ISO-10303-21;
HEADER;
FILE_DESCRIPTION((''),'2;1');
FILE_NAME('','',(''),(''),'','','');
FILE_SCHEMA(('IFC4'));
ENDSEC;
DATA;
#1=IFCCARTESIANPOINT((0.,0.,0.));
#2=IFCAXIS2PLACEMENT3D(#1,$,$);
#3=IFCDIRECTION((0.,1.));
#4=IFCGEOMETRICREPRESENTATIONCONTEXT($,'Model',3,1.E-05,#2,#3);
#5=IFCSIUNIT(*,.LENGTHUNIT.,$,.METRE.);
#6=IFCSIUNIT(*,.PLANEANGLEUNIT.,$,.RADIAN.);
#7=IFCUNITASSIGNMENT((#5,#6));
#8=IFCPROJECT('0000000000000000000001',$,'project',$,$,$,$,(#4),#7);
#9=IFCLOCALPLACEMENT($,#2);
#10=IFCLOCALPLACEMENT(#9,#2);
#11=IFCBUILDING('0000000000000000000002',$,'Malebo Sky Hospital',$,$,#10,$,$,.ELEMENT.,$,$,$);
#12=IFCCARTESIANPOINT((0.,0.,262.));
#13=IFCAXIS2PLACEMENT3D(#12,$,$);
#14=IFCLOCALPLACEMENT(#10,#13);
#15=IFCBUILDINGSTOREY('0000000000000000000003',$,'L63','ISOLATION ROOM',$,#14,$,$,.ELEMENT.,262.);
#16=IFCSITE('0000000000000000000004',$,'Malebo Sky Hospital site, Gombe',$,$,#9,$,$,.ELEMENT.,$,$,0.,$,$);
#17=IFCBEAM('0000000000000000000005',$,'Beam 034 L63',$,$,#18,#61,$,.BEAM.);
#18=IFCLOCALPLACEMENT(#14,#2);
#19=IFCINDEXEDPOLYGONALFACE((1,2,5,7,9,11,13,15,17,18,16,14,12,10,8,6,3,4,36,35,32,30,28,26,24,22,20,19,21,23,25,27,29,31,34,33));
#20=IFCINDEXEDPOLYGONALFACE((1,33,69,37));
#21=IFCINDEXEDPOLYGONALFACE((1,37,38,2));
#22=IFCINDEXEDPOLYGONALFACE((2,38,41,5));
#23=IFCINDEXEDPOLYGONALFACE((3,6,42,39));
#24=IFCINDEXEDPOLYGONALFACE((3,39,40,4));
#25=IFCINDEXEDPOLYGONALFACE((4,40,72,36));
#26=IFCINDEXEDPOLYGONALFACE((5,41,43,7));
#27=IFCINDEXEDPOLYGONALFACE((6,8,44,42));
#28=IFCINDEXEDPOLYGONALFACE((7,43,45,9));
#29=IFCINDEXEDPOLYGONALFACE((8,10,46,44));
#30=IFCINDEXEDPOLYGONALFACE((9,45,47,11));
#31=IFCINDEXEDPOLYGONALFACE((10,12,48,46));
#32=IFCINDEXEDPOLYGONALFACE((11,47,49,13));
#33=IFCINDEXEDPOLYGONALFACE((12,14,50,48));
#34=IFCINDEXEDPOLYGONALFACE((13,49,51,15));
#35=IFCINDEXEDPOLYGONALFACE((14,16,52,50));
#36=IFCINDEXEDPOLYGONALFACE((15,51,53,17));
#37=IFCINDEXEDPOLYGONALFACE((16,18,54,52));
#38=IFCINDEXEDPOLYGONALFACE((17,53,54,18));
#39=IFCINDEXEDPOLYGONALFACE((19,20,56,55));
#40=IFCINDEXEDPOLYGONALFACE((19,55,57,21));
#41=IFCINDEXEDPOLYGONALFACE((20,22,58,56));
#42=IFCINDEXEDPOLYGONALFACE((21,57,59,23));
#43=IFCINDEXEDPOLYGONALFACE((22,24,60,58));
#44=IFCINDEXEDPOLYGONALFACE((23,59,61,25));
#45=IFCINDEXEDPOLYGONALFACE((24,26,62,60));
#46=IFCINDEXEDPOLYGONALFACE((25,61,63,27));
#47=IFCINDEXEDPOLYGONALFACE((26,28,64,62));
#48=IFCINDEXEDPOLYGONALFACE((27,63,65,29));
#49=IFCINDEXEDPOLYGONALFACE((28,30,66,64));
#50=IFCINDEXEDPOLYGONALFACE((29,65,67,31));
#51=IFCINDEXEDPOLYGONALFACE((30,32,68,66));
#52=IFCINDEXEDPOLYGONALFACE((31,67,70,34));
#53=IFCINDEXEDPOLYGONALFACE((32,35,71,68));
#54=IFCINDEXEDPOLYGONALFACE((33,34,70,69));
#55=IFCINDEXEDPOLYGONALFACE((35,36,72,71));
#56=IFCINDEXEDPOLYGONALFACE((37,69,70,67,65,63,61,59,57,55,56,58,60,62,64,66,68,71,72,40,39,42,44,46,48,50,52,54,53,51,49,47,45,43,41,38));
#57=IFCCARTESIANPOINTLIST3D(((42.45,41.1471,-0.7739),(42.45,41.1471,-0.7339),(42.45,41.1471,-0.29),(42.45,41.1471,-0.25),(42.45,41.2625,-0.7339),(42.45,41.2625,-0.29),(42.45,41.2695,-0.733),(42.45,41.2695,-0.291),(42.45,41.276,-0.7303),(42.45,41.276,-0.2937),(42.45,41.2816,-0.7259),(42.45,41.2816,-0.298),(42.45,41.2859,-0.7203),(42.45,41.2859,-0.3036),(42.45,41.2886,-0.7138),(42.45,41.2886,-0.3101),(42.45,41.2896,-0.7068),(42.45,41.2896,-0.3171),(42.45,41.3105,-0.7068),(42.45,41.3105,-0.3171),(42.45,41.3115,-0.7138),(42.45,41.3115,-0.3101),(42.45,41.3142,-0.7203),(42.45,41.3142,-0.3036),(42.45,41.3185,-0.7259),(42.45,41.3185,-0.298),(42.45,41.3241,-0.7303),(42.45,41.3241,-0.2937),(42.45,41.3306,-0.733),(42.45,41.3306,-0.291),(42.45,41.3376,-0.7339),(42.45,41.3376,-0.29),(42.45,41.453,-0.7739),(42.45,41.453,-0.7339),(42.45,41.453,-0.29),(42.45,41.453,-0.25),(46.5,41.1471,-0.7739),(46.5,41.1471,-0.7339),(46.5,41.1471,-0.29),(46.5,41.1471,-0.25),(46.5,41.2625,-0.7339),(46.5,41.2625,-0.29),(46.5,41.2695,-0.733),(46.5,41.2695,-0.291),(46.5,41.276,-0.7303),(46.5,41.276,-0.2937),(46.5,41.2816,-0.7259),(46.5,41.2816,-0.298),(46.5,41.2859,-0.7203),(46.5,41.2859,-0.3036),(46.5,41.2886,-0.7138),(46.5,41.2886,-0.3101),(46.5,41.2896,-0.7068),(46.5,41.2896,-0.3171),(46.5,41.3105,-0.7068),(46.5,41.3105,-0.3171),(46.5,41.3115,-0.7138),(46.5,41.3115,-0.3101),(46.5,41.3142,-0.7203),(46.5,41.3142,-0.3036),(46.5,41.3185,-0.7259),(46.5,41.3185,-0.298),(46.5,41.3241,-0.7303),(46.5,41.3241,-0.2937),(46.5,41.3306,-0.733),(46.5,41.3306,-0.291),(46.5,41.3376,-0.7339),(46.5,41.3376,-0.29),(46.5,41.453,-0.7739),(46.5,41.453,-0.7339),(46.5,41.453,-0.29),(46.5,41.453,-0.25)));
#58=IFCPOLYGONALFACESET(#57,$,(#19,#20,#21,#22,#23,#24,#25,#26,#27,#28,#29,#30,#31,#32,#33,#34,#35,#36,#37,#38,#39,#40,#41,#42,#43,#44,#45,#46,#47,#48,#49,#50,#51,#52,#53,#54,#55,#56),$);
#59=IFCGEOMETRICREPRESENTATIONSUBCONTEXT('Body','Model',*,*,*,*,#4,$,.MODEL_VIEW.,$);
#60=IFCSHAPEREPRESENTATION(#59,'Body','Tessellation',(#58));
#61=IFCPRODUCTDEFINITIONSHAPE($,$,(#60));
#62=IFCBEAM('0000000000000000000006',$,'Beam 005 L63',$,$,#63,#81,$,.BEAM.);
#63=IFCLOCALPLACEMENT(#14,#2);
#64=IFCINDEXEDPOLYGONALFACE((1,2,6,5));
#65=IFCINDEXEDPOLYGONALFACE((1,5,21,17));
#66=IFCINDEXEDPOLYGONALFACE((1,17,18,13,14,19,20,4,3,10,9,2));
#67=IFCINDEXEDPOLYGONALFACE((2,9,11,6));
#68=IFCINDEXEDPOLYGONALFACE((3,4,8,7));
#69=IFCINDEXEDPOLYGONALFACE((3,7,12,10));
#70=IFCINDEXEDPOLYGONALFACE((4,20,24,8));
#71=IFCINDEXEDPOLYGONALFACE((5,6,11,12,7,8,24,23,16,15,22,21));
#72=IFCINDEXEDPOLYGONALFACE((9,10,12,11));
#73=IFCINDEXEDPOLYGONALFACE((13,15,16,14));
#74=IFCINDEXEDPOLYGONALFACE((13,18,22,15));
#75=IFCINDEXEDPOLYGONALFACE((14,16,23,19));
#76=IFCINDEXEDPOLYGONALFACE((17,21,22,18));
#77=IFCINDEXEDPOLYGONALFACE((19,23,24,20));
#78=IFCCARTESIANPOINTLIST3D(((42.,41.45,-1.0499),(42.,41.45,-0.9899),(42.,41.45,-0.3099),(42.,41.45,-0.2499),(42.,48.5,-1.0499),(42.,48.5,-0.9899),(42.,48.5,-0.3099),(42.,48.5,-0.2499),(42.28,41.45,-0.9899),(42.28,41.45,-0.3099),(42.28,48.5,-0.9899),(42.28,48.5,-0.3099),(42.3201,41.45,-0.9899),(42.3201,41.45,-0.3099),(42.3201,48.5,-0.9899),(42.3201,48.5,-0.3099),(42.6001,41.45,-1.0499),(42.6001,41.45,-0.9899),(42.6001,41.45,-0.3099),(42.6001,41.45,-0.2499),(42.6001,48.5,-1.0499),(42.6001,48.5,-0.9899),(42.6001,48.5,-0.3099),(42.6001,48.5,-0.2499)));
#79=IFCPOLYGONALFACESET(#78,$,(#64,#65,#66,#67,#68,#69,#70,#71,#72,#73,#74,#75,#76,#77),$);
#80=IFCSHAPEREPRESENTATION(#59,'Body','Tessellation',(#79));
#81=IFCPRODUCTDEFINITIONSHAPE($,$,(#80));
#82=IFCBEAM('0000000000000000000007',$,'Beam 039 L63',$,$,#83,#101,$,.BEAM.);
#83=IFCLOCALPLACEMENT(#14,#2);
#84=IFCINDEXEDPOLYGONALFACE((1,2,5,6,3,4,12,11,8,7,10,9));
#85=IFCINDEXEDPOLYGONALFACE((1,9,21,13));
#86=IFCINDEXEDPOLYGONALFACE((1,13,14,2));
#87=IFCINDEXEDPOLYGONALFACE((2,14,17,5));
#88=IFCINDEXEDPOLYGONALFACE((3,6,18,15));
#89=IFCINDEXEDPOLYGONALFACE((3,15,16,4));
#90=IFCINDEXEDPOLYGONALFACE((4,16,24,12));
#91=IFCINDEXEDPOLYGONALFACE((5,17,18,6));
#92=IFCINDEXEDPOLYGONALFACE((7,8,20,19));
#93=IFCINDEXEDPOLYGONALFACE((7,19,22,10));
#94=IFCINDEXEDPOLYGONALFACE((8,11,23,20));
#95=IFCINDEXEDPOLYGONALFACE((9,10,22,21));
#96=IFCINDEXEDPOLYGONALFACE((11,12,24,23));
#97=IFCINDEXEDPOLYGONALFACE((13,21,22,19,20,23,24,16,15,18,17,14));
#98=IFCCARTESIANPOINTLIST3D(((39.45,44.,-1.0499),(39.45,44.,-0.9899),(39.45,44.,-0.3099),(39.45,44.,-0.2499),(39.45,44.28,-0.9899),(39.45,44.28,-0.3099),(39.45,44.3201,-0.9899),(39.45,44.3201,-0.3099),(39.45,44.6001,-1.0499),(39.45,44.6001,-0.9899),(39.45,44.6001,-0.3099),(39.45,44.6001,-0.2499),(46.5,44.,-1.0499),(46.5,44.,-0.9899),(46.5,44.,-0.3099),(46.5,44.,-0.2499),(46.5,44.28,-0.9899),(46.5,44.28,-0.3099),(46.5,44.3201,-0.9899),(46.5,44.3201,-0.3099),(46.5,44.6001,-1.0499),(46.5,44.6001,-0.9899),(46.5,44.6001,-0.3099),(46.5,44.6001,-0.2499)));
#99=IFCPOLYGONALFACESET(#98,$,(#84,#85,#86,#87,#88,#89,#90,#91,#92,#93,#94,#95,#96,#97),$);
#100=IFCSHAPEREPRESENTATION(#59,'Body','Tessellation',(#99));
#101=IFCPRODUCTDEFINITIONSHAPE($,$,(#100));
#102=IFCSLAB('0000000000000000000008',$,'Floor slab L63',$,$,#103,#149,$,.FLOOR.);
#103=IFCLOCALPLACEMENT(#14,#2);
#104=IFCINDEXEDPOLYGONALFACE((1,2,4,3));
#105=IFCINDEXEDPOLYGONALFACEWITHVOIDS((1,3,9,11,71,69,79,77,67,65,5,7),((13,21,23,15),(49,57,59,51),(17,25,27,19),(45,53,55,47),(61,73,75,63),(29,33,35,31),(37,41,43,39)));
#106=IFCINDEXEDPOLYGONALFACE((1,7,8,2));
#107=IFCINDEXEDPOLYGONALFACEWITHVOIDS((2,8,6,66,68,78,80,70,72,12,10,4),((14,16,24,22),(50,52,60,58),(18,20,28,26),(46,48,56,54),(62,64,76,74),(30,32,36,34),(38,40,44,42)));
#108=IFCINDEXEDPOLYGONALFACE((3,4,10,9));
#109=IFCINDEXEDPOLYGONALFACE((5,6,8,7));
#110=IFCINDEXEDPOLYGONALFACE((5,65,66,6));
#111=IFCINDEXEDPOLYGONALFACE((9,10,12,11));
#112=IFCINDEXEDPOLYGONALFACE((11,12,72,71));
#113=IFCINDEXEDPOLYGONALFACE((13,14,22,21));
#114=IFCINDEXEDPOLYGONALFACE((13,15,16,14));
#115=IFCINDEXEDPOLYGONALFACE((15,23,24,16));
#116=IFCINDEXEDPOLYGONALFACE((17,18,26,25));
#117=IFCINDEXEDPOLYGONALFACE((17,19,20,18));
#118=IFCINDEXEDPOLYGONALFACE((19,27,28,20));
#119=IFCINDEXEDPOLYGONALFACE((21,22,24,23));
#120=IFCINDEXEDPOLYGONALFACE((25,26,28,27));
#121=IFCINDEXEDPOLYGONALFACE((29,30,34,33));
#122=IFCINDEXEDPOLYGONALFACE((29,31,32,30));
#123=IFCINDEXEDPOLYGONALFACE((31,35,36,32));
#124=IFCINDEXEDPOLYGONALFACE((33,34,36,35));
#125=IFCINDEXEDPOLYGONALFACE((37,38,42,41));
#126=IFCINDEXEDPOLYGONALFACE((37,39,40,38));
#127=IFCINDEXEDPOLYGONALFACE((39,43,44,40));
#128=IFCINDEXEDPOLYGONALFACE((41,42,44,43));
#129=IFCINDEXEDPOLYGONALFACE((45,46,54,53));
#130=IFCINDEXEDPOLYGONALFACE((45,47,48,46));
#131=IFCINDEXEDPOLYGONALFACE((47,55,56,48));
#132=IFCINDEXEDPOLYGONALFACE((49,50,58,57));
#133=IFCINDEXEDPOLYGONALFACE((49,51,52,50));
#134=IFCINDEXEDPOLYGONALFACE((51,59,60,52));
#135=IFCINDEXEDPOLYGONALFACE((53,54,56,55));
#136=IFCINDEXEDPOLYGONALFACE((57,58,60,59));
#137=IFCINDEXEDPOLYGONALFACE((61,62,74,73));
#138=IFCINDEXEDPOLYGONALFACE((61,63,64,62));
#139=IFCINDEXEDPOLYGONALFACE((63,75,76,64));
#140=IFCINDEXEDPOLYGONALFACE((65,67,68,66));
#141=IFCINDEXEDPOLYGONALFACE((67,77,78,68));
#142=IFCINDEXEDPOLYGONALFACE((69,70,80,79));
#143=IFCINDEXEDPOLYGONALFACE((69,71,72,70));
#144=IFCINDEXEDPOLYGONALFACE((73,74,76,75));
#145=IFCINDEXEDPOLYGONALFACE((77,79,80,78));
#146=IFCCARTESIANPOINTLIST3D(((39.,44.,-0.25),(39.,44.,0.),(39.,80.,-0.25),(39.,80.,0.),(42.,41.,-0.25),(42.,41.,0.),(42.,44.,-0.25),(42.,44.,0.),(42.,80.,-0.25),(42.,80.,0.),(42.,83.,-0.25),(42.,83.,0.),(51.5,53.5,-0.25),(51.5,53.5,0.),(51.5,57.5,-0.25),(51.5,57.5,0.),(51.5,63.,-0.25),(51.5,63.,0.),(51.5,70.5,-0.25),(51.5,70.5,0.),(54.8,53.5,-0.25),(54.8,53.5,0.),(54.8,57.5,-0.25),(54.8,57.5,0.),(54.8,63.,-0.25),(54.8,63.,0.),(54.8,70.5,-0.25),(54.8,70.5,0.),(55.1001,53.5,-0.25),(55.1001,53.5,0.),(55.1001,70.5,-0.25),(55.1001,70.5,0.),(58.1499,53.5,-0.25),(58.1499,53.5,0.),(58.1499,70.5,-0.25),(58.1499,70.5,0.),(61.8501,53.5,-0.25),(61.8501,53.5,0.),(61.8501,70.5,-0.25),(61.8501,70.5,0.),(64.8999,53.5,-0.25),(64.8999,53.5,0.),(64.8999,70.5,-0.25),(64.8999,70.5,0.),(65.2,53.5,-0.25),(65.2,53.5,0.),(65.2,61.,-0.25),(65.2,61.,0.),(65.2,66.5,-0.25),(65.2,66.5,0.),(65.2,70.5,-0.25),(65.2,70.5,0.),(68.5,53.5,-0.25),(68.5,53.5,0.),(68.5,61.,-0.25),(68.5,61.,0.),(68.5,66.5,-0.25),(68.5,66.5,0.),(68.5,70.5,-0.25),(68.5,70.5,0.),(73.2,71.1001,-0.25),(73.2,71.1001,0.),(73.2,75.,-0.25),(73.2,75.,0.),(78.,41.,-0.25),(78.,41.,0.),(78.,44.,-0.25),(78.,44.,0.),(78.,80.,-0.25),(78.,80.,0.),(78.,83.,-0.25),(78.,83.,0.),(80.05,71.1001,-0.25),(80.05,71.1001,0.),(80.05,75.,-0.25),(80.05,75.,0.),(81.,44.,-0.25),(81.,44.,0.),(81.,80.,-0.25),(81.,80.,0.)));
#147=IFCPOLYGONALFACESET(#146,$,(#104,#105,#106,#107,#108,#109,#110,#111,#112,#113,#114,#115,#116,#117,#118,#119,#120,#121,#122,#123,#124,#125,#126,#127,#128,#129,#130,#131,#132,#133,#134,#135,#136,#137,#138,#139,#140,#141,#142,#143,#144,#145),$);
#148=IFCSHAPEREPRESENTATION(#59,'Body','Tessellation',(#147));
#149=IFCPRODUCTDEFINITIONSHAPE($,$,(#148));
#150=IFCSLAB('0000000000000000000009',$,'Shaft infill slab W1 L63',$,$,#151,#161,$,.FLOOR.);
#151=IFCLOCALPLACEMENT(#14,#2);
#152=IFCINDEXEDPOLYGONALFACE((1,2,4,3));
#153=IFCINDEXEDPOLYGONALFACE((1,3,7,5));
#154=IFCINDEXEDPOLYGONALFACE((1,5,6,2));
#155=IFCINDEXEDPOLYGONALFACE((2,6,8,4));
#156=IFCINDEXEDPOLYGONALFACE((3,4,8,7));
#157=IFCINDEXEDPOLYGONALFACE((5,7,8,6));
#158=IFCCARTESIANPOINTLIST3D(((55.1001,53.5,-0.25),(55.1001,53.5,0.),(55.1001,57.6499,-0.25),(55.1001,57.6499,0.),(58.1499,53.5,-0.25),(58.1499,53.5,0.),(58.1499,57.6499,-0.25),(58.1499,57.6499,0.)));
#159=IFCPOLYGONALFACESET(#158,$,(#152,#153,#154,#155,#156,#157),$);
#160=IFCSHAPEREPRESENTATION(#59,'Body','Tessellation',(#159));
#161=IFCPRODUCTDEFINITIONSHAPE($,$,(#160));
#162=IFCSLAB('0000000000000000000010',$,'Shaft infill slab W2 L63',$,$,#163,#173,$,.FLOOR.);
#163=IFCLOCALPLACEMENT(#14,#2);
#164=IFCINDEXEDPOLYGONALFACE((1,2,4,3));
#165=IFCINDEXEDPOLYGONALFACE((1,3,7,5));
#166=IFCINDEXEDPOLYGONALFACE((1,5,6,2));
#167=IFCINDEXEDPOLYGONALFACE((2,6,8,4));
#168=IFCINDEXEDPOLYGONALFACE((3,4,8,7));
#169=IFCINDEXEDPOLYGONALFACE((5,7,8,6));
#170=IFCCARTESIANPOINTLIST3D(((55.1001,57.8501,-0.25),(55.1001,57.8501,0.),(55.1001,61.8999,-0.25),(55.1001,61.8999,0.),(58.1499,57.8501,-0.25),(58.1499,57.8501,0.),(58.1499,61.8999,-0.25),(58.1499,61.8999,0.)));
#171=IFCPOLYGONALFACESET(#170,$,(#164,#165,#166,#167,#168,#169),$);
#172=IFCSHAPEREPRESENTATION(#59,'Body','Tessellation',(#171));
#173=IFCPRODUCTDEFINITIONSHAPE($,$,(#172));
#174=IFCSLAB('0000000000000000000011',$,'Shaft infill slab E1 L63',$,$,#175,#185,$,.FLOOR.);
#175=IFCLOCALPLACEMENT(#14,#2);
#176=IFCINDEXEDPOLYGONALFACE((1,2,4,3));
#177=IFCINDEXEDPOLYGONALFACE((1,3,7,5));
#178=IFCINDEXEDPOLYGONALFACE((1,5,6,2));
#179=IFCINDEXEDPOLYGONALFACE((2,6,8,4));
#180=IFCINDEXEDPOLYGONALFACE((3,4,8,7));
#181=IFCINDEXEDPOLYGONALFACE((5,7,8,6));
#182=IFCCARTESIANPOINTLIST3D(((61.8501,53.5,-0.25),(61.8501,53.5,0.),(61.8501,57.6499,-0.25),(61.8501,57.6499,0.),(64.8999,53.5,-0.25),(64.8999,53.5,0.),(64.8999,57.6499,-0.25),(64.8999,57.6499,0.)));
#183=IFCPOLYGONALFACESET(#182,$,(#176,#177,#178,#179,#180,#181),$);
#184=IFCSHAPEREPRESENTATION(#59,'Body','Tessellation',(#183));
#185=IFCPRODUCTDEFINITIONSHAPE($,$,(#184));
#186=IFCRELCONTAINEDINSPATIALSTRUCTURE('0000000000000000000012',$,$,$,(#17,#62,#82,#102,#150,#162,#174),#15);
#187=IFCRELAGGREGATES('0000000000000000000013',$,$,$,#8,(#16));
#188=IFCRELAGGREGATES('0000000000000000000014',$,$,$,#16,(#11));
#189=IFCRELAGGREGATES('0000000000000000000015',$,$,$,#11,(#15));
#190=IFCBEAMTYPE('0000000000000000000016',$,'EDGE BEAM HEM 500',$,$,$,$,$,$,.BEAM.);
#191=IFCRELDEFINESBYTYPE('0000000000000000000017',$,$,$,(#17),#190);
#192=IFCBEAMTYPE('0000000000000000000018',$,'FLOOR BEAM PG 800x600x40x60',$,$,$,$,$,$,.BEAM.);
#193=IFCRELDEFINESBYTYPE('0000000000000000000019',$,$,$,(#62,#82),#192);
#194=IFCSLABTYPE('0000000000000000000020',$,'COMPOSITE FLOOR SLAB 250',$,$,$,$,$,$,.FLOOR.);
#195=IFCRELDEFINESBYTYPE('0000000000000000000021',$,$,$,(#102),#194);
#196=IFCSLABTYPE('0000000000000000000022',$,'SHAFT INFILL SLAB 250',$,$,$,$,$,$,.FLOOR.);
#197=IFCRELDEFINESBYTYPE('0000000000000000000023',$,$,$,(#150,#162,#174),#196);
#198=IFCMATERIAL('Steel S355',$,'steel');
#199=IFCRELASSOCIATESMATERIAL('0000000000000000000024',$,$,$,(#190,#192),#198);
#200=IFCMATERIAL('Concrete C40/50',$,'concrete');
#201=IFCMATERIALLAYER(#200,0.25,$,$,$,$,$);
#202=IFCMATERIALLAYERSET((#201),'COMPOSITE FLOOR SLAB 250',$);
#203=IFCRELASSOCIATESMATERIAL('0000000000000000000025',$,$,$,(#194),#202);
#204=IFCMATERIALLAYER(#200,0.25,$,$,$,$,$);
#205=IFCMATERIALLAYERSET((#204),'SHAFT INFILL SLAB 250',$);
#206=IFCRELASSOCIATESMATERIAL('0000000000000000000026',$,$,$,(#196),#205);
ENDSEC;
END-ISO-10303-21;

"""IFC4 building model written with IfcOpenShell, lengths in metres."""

from ifc_helpers import new_model, si_unit, direction, frame, origin, origin_2d, place, context, subcontext, project, spatial, polyline, i_section, outline, extrude, material, layer, layer_set, material_profile, profile_set, type_object, element, save


model = new_model("IFC4")

# Units and contexts
model_context = context("Model", 3, precision=1e-05, world=origin(), true_north=direction((0.0, 1.0)))
body_context = subcontext(model_context, "Body", "Model", "MODEL_VIEW")
ifc_project = project(units=[si_unit("LENGTHUNIT", "METRE"), si_unit("PLANEANGLEUNIT", "RADIAN")], contexts=[model_context])

# Site, building, storey
site_placement = place(None, origin())
site = spatial("IfcSite", under=ifc_project, at=site_placement, Name="Malebo Sky Hospital site, Gombe", CompositionType="ELEMENT", RefElevation=0.0)
building_placement = place(site_placement, origin())
building = spatial("IfcBuilding", under=site, at=building_placement, Name="Malebo Sky Hospital", CompositionType="ELEMENT")
storey_placement = place(building_placement, frame((0.0, 0.0, 262.0)))
storey = spatial("IfcBuildingStorey", under=building, at=storey_placement, Name="L63", Description="ISOLATION ROOM", CompositionType="ELEMENT", Elevation=262.0)

# Beams
ifc_material_1 = material(Name="Steel S355", Category="steel")
ifc_material_profile_1 = material_profile(ifc_material_1, i_section(OverallWidth=0.3059, OverallDepth=0.5239, WebThickness=0.021, FlangeThickness=0.04, FilletRadius=0.0271, at=origin_2d()), Name="HEM 500")
ifc_profile_set_1 = profile_set([ifc_material_profile_1], Name="Steel S355")
beam_type_1 = type_object("IfcBeamType", Name="EDGE BEAM HEM 500", PredefinedType="BEAM", material=ifc_profile_set_1)
for number, where, z_axis, x_axis, name in (
    (1, (42.45, 41.3, -0.512), (1.0, 0.0, 0.0), (0.0, 1.0, 0.0), "Beam 034 L63"),
):
    element("IfcBeam", number, at=place(storey_placement, frame(where, z_axis=z_axis, x_axis=x_axis)), inside=storey, type_object=beam_type_1, Name=name, PredefinedType="BEAM", context=body_context, shape_type="SweptSolid", body=[
        extrude(i_section(OverallWidth=0.3059, OverallDepth=0.5239, WebThickness=0.021, FlangeThickness=0.04, FilletRadius=0.0271, at=origin_2d()), origin(), (0.0, 0.0, 1.0), 4.05),
    ])
ifc_material_profile_2 = material_profile(ifc_material_1, i_section(OverallWidth=0.6001, OverallDepth=0.8, WebThickness=0.04, FlangeThickness=0.0601, at=origin_2d()), Name="PG 800x600x40x60")
ifc_profile_set_2 = profile_set([ifc_material_profile_2], Name="Steel S355")
beam_type_2 = type_object("IfcBeamType", Name="FLOOR BEAM PG 800x600x40x60", PredefinedType="BEAM", material=ifc_profile_set_2)
for number, where, z_axis, x_axis, name in (
    (2, (42.3, 41.45, -0.6499), (0.0, 1.0, 0.0), (-1.0, 0.0, 0.0), "Beam 005 L63"),
    (3, (39.45, 44.3, -0.6499), (1.0, 0.0, 0.0), (0.0, 1.0, 0.0), "Beam 039 L63"),
):
    element("IfcBeam", number, at=place(storey_placement, frame(where, z_axis=z_axis, x_axis=x_axis)), inside=storey, type_object=beam_type_2, Name=name, PredefinedType="BEAM", context=body_context, shape_type="SweptSolid", body=[
        extrude(i_section(OverallWidth=0.6001, OverallDepth=0.8, WebThickness=0.04, FlangeThickness=0.0601, at=origin_2d()), origin(), (0.0, 0.0, 1.0), 7.05),
    ])

# Slabs
ifc_material_2 = material(Name="Concrete C40/50", Category="concrete")
ifc_layer_1 = layer(ifc_material_2, 0.25)
ifc_layer_set_1 = layer_set([ifc_layer_1], Name="COMPOSITE FLOOR SLAB 250")
slab_type_1 = type_object("IfcSlabType", Name="COMPOSITE FLOOR SLAB 250", PredefinedType="FLOOR", material=ifc_layer_set_1)
slab_1_placement = place(storey_placement, frame((0.0, 0.0, -0.25)))
element("IfcSlab", 4, at=slab_1_placement, inside=storey, type_object=slab_type_1, Name="Floor slab L63", PredefinedType="FLOOR", context=body_context, shape_type="SweptSolid", body=[
    extrude(outline(polyline([(42.0, 83.0), (42.0, 80.0), (39.0, 80.0), (39.0, 44.0), (42.0, 44.0), (42.0, 41.0), (78.0, 41.0), (78.0, 44.0), (81.0, 44.0), (81.0, 80.0), (78.0, 80.0), (78.0, 83.0), (42.0, 83.0)]), holes=[polyline([(55.1001, 70.5), (58.1499, 70.5), (58.1499, 53.5), (55.1001, 53.5), (55.1001, 70.5)]), polyline([(64.8999, 70.5), (64.8999, 53.5), (61.8501, 53.5), (61.8501, 70.5), (64.8999, 70.5)]), polyline([(54.8, 63.0), (51.5, 63.0), (51.5, 70.5), (54.8, 70.5), (54.8, 63.0)]), polyline([(51.5, 53.5), (51.5, 57.5), (54.8, 57.5), (54.8, 53.5), (51.5, 53.5)]), polyline([(65.2, 61.0), (68.5, 61.0), (68.5, 53.5), (65.2, 53.5), (65.2, 61.0)]), polyline([(68.5, 70.5), (68.5, 66.5), (65.2, 66.5), (65.2, 70.5), (68.5, 70.5)]), polyline([(80.05, 71.1001), (73.2, 71.1001), (73.2, 75.0), (80.05, 75.0), (80.05, 71.1001)])]), origin(), (0.0, 0.0, 1.0), 0.25),
])
ifc_layer_2 = layer(ifc_material_2, 0.25)
ifc_layer_set_2 = layer_set([ifc_layer_2], Name="SHAFT INFILL SLAB 250")
slab_type_2 = type_object("IfcSlabType", Name="SHAFT INFILL SLAB 250", PredefinedType="FLOOR", material=ifc_layer_set_2)
slab_2_placement = place(storey_placement, frame((0.0, 0.0, -0.25)))
element("IfcSlab", 5, at=slab_2_placement, inside=storey, type_object=slab_type_2, Name="Shaft infill slab W1 L63", PredefinedType="FLOOR", context=body_context, shape_type="SweptSolid", body=[
    extrude(outline(polyline([(55.1001, 53.5), (58.1499, 53.5), (58.1499, 57.6499), (55.1001, 57.6499), (55.1001, 53.5)])), origin(), (0.0, 0.0, 1.0), 0.25),
])
slab_3_placement = place(storey_placement, frame((0.0, 0.0, -0.25)))
element("IfcSlab", 6, at=slab_3_placement, inside=storey, type_object=slab_type_2, Name="Shaft infill slab W2 L63", PredefinedType="FLOOR", context=body_context, shape_type="SweptSolid", body=[
    extrude(outline(polyline([(55.1001, 57.8501), (58.1499, 57.8501), (58.1499, 61.8999), (55.1001, 61.8999), (55.1001, 57.8501)])), origin(), (0.0, 0.0, 1.0), 0.25),
])
slab_4_placement = place(storey_placement, frame((0.0, 0.0, -0.25)))
element("IfcSlab", 7, at=slab_4_placement, inside=storey, type_object=slab_type_2, Name="Shaft infill slab E1 L63", PredefinedType="FLOOR", context=body_context, shape_type="SweptSolid", body=[
    extrude(outline(polyline([(61.8501, 53.5), (64.8999, 53.5), (64.8999, 57.6499), (61.8501, 57.6499), (61.8501, 53.5)])), origin(), (0.0, 0.0, 1.0), 0.25),
])

save(model, "model.ifc")
